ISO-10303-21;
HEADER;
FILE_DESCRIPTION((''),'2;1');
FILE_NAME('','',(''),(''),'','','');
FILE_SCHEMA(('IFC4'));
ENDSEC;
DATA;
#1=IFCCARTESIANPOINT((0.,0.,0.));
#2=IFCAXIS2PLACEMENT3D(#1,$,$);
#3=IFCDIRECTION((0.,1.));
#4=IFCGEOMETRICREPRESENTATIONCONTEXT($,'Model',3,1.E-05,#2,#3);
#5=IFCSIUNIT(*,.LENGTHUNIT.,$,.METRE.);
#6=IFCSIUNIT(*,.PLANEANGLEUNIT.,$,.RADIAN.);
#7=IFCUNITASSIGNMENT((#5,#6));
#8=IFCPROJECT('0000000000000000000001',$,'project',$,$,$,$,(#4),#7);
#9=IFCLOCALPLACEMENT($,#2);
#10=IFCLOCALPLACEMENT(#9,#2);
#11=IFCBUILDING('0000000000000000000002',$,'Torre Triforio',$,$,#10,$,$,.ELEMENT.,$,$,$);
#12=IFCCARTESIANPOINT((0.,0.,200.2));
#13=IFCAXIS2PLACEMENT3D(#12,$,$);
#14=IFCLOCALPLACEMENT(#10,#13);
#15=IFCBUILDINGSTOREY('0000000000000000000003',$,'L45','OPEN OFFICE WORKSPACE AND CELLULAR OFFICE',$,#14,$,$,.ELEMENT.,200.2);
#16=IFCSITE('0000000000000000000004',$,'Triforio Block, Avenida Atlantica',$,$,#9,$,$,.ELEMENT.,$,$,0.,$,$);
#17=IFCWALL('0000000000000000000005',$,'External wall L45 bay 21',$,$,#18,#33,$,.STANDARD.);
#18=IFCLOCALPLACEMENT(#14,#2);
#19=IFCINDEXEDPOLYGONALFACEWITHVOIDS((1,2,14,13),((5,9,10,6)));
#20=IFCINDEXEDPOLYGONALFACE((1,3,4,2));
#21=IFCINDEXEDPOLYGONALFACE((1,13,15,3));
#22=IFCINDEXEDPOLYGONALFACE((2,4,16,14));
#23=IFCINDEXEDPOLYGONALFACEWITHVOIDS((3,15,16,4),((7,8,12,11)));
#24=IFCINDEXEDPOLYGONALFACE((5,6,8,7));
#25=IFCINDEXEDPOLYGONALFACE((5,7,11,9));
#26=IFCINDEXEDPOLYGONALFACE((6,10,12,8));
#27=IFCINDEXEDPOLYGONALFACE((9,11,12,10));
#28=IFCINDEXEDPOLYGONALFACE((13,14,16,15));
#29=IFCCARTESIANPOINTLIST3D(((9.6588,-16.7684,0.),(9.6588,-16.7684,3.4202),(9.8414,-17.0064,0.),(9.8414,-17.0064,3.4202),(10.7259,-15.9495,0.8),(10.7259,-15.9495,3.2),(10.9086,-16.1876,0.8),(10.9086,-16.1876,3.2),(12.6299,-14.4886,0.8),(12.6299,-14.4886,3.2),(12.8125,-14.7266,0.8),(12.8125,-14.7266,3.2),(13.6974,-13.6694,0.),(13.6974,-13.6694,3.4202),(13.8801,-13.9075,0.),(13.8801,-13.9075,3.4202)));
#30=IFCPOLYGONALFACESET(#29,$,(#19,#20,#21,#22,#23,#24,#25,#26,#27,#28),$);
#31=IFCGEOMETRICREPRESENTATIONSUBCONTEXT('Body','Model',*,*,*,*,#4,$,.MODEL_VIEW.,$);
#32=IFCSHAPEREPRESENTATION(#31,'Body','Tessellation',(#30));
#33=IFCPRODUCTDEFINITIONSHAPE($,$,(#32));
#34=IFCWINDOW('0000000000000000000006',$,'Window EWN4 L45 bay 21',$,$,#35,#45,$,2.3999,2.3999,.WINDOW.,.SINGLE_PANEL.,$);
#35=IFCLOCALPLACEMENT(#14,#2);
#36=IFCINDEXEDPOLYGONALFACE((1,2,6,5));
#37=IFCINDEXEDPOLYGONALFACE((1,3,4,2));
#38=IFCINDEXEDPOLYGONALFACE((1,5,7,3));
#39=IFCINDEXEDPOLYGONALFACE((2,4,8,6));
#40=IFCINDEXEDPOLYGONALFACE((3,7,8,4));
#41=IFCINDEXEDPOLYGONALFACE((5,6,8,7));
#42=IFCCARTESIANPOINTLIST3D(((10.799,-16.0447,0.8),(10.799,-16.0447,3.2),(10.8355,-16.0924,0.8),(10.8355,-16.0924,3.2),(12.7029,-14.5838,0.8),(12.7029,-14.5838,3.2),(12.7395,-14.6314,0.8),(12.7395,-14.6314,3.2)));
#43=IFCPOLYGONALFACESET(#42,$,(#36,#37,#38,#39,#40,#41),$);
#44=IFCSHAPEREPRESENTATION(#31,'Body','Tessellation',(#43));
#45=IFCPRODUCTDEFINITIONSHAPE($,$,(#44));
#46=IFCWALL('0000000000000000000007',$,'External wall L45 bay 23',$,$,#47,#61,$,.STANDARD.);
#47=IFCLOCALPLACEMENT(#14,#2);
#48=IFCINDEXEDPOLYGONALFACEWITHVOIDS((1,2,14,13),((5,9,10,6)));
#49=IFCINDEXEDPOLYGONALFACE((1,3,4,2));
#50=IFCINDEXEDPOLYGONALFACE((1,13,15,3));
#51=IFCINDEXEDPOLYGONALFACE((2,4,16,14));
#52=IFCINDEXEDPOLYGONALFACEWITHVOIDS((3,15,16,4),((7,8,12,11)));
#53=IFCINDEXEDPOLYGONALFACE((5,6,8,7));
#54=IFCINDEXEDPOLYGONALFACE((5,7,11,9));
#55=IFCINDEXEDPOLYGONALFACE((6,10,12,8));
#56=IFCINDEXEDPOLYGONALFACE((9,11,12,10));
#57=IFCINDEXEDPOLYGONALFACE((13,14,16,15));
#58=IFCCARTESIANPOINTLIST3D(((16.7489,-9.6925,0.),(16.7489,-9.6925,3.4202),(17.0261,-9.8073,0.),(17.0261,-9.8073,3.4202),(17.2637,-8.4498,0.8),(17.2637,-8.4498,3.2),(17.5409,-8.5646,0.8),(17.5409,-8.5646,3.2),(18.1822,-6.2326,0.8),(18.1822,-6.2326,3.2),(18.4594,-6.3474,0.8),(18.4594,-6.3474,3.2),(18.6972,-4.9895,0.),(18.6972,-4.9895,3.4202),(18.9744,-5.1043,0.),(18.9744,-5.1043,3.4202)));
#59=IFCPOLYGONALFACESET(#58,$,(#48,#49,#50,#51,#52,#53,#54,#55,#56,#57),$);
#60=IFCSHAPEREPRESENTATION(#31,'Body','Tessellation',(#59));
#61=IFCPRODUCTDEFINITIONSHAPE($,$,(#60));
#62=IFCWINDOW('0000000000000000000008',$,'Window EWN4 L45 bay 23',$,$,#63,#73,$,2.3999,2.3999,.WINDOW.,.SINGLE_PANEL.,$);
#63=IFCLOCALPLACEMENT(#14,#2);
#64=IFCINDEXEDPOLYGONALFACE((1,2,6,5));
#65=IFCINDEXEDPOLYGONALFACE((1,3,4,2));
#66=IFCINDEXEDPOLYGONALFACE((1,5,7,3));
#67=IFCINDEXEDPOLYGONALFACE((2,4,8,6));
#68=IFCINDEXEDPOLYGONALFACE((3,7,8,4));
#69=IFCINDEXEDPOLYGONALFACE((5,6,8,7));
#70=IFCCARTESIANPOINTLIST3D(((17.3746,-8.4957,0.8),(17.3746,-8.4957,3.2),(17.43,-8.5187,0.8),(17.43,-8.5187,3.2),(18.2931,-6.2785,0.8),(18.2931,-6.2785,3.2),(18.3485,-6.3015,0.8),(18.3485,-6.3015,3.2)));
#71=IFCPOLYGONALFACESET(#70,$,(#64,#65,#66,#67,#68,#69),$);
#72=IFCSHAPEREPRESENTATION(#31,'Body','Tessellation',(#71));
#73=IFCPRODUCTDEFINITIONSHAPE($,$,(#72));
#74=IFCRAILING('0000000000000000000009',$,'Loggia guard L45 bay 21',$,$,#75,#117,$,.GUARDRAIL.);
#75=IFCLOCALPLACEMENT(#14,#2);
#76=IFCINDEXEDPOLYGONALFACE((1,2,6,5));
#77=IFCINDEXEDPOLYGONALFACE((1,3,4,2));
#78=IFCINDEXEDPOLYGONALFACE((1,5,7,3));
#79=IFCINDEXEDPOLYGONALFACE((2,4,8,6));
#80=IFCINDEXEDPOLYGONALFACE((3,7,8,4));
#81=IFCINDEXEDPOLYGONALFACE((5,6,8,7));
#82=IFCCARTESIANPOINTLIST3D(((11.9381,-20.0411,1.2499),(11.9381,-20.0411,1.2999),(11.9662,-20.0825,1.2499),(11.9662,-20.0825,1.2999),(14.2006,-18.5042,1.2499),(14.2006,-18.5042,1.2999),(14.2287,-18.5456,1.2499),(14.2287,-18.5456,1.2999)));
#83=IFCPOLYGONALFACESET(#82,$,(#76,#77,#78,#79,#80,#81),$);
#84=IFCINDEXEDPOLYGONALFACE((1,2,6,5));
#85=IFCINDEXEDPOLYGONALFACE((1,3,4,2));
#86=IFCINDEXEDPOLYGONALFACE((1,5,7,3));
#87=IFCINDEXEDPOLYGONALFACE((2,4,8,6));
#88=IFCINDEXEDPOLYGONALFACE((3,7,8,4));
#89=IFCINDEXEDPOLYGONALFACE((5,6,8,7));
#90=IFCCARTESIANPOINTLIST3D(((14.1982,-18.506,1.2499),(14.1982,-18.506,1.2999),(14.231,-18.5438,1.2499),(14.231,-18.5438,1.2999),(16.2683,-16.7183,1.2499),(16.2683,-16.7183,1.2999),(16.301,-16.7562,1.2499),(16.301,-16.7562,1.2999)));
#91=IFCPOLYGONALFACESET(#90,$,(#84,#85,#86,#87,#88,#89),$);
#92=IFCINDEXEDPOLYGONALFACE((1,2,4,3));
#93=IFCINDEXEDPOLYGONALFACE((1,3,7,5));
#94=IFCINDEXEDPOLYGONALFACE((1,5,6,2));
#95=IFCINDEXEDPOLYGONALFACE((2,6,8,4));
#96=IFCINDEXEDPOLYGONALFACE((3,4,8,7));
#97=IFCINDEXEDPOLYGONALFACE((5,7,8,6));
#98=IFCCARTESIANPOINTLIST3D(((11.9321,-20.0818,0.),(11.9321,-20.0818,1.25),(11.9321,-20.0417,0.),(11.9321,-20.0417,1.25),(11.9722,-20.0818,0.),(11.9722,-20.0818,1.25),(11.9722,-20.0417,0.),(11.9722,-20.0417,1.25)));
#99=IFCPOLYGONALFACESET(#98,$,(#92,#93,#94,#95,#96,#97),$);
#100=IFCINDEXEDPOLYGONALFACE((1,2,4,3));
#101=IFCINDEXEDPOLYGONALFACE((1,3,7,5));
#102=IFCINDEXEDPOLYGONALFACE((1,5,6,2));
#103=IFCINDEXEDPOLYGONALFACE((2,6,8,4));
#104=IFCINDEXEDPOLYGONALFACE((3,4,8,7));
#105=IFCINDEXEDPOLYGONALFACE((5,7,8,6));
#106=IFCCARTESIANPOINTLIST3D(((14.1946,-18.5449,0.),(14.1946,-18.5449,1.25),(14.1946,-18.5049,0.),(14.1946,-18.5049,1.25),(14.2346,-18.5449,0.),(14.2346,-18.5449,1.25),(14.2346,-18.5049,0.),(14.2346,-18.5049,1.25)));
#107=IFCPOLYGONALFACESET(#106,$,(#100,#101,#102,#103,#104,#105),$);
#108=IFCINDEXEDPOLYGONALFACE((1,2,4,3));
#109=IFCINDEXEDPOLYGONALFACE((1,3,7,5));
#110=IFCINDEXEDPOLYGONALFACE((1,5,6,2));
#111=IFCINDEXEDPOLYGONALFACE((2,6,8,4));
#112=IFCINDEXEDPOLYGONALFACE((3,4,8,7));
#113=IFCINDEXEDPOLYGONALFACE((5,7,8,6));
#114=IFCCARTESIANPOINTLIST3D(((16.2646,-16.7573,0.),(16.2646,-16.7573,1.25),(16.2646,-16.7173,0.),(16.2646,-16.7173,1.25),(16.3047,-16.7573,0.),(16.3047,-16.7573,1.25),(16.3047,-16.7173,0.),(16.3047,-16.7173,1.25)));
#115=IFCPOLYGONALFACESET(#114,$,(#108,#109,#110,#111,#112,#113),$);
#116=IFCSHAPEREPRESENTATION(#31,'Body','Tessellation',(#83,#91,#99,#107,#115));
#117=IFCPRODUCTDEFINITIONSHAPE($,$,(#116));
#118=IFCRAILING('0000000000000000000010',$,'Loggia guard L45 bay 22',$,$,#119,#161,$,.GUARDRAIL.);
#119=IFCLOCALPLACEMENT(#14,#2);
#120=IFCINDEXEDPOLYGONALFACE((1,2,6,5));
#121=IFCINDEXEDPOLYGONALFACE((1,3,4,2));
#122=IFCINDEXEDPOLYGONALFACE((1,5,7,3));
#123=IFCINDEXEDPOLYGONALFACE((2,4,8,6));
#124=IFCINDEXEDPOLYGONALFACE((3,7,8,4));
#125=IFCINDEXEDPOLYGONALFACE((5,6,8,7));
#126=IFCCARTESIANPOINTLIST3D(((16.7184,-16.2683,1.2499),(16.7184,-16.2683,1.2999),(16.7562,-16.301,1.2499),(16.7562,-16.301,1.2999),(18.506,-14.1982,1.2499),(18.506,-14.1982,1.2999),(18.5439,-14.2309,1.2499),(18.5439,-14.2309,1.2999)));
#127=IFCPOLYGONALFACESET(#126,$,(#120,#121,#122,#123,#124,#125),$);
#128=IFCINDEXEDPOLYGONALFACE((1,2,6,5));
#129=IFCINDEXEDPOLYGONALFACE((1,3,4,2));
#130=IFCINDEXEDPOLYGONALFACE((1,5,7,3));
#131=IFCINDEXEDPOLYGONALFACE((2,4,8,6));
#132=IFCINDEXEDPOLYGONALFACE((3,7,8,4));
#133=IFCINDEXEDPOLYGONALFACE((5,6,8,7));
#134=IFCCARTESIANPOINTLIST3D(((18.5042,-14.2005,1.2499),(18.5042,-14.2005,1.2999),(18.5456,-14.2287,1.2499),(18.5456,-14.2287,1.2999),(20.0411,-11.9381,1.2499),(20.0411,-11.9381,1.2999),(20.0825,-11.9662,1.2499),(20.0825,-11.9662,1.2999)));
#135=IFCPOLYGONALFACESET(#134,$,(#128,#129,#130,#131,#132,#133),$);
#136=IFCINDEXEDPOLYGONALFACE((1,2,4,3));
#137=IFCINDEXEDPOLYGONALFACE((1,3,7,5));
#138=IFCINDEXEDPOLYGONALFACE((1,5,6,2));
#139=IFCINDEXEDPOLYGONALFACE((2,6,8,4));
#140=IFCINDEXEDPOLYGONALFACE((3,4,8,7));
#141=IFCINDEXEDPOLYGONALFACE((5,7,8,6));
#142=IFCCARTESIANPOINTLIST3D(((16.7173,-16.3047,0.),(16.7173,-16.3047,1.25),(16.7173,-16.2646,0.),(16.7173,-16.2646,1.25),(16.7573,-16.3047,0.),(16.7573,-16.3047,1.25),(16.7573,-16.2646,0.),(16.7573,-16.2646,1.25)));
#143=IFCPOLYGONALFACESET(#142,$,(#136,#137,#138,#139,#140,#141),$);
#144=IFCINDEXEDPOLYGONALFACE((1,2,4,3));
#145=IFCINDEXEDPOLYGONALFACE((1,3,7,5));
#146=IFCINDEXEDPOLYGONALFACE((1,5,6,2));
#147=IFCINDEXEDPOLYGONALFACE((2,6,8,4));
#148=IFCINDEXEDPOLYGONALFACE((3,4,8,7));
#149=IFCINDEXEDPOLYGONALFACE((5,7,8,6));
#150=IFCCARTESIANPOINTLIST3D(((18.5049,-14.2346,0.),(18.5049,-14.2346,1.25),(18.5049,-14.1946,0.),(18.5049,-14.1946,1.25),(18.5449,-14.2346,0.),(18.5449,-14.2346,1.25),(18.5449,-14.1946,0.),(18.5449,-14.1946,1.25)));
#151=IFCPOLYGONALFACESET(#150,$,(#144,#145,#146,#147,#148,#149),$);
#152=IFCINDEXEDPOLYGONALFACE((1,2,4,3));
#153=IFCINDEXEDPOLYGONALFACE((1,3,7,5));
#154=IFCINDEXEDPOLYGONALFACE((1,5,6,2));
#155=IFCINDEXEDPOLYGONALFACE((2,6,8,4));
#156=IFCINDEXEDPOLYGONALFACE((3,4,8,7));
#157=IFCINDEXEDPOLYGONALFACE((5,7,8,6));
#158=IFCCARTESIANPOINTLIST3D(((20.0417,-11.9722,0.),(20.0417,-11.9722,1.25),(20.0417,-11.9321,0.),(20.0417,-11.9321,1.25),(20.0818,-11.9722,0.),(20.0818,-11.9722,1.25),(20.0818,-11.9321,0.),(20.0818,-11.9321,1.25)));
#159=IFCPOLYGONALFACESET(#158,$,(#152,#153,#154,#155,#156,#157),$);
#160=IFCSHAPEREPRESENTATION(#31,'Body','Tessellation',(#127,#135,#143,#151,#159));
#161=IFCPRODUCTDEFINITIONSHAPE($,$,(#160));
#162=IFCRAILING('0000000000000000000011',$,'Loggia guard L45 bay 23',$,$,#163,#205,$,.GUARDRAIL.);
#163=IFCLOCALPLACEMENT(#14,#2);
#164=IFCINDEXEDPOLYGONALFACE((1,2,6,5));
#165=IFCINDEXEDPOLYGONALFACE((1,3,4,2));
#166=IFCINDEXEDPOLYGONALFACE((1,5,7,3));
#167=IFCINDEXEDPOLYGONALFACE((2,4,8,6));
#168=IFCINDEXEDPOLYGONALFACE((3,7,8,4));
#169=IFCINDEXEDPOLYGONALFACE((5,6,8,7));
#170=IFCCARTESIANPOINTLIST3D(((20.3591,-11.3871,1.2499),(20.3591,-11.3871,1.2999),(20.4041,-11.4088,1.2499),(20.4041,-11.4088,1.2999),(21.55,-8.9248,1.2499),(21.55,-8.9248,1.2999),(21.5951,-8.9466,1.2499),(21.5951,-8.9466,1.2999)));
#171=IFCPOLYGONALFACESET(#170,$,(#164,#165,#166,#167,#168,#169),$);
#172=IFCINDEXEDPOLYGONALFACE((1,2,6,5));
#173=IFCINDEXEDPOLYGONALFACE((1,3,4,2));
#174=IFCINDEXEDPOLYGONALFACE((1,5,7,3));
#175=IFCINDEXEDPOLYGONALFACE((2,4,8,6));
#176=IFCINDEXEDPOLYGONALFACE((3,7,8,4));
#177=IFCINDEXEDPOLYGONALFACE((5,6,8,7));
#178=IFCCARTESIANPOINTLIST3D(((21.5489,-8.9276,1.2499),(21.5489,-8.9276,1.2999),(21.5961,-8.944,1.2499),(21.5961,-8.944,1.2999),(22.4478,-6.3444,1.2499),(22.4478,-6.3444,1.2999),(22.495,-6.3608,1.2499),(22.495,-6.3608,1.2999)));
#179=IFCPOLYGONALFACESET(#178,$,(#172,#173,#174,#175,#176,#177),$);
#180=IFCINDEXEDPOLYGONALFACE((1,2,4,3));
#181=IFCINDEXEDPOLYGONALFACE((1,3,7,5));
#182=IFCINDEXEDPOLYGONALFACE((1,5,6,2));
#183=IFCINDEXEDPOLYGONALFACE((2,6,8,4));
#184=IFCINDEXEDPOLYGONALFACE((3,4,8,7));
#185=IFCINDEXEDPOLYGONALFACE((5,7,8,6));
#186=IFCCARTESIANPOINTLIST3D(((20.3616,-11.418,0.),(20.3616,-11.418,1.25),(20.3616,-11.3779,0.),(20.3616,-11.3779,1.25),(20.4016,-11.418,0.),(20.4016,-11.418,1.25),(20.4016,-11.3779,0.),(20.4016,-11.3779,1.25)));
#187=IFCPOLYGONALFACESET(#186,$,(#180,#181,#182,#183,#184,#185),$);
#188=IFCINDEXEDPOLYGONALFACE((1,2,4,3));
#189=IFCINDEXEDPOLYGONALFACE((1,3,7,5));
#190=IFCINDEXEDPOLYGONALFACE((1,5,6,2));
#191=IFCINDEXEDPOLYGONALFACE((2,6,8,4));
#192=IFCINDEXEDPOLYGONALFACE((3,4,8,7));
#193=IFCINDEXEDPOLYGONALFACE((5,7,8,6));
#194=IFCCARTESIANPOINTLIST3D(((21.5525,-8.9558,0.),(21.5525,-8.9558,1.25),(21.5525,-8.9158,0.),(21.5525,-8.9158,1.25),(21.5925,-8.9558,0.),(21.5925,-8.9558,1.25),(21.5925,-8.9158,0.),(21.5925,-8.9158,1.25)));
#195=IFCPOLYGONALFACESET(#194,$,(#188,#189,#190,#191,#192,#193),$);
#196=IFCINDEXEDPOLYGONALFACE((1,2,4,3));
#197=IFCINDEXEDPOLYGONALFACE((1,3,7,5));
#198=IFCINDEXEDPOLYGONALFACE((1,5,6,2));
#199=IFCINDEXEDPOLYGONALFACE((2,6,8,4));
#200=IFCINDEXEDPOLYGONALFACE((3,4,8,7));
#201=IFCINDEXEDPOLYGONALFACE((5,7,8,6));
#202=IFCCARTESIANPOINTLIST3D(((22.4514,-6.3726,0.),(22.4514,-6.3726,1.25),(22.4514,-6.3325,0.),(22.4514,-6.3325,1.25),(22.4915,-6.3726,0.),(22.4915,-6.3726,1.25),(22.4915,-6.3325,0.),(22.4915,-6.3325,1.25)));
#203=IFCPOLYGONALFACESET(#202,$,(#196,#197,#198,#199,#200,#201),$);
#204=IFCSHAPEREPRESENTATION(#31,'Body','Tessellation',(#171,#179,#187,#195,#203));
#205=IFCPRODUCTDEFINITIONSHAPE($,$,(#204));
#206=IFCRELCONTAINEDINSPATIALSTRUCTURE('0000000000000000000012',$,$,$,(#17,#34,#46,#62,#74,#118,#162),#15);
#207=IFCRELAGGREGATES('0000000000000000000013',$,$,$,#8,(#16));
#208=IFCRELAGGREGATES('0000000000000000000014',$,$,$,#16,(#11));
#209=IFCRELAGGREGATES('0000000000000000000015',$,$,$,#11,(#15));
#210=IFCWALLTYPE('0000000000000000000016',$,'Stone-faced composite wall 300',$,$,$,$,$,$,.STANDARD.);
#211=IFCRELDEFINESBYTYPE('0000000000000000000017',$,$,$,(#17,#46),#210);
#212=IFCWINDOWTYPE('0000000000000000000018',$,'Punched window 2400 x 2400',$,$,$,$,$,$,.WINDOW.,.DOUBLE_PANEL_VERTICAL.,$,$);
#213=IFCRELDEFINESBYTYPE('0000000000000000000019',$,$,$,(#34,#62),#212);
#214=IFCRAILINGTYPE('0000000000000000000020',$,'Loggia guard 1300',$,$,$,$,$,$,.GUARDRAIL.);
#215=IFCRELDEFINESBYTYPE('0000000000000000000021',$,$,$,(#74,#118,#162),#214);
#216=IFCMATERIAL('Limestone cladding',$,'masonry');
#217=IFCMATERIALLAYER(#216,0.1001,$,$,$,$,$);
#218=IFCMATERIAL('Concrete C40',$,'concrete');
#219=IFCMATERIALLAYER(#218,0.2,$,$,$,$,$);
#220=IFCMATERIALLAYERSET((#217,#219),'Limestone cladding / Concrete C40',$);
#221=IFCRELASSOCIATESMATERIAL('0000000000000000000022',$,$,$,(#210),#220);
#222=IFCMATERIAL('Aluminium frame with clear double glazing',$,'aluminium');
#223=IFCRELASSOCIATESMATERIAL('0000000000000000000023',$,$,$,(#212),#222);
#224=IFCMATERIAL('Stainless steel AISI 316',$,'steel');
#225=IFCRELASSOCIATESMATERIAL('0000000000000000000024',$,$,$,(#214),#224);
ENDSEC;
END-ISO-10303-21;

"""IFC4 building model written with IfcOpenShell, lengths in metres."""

from ifc_helpers import new_model, si_unit, direction, frame, frame_2d, origin, origin_2d, place, context, subcontext, project, spatial, rectangle, extrude, material, layer, layer_set, type_object, element, fill, save


model = new_model("IFC4")

# Units and contexts
model_context = context("Model", 3, precision=1e-05, world=origin(), true_north=direction((0.0, 1.0)))
body_context = subcontext(model_context, "Body", "Model", "MODEL_VIEW")
ifc_project = project(units=[si_unit("LENGTHUNIT", "METRE"), si_unit("PLANEANGLEUNIT", "RADIAN")], contexts=[model_context])

# Site, building, storey
site_placement = place(None, origin())
site = spatial("IfcSite", under=ifc_project, at=site_placement, Name="Triforio Block, Avenida Atlantica", CompositionType="ELEMENT", RefElevation=0.0)
building_placement = place(site_placement, origin())
building = spatial("IfcBuilding", under=site, at=building_placement, Name="Torre Triforio", CompositionType="ELEMENT")
storey_placement = place(building_placement, frame((0.0, 0.0, 200.2)))
storey = spatial("IfcBuildingStorey", under=building, at=storey_placement, Name="L45", Description="OPEN OFFICE WORKSPACE AND CELLULAR OFFICE", CompositionType="ELEMENT", Elevation=200.2)

# Shared definitions
ifc_material_1 = material(Name="Concrete C40", Category="concrete")

# Shared definitions
ifc_material_2 = material(Name="Limestone cladding", Category="masonry")

# Wall, opening, window
ifc_layer_1 = layer(ifc_material_2, 0.1001)
ifc_layer_2 = layer(ifc_material_1, 0.2)
ifc_layer_set_1 = layer_set([ifc_layer_1, ifc_layer_2], Name="Limestone cladding / Concrete C40")
wall_type_1 = type_object("IfcWallType", Name="Stone-faced composite wall 300", PredefinedType="STANDARD", material=ifc_layer_set_1)
wall_1_placement = place(storey_placement, frame((9.75, -16.8875, 0.0), z_axis=(0.0, 0.0, 1.0), x_axis=(0.793356, 0.608758, 0.0)))
wall_1 = element("IfcWall", 1, at=wall_1_placement, inside=storey, type_object=wall_type_1, Name="External wall L45 bay 21", PredefinedType="STANDARD", context=body_context, shape_type="SweptSolid", body=[
    extrude(rectangle(XDim=5.0906, YDim=0.3, at=frame_2d((2.5454, 0.0))), origin(), (0.0, 0.0, 1.0), 3.4202),
])
opening_1_placement = place(wall_1_placement, frame((1.3452, 0.0, 0.8)))
opening_1 = element("IfcOpeningElement", 2, at=opening_1_placement, cuts=wall_1, PredefinedType="OPENING", context=body_context, shape_type="SweptSolid", body=[
    extrude(rectangle(XDim=2.3999, YDim=2.3999, at=frame_2d((1.2, 1.2))), frame((0.0, 0.1599, 0.0), z_axis=(0.0, -1.0, 0.0), x_axis=(1.0, 0.0, 0.0)), (0.0, 0.0, 1.0), 0.3201),
])
ifc_material_3 = material(Name="Aluminium frame with clear double glazing", Category="aluminium")
window_type_1 = type_object("IfcWindowType", Name="Punched window 2400 x 2400", PartitioningType="DOUBLE_PANEL_VERTICAL", PredefinedType="WINDOW", material=ifc_material_3)
window_1_placement = place(opening_1_placement, origin())
window_1 = element("IfcWindow", 3, at=window_1_placement, inside=storey, type_object=window_type_1, Name="Window EWN4 L45 bay 21", OverallHeight=2.3999, OverallWidth=2.3999, PartitioningType="SINGLE_PANEL", PredefinedType="WINDOW", context=body_context, shape_type="SweptSolid", body=[
    extrude(rectangle(XDim=2.3999, YDim=2.3999, at=frame_2d((1.2, 1.2))), frame((0.0, 0.03, 0.0), z_axis=(0.0, -1.0, 0.0), x_axis=(1.0, 0.0, 0.0)), (0.0, 0.0, 1.0), 0.0601),
])
fill(opening_1, window_1)

# Wall, opening, window
wall_2_placement = place(storey_placement, frame((16.8875, -9.75, 0.0), z_axis=(0.0, 0.0, 1.0), x_axis=(0.382725, 0.923863, 0.0)))
wall_2 = element("IfcWall", 4, at=wall_2_placement, inside=storey, type_object=wall_type_1, Name="External wall L45 bay 23", PredefinedType="STANDARD", context=body_context, shape_type="SweptSolid", body=[
    extrude(rectangle(XDim=5.0906, YDim=0.3, at=frame_2d((2.5454, 0.0))), origin(), (0.0, 0.0, 1.0), 3.4202),
])
opening_2_placement = place(wall_2_placement, frame((1.3452, 0.0, 0.8)))
opening_2 = element("IfcOpeningElement", 5, at=opening_2_placement, cuts=wall_2, PredefinedType="OPENING", context=body_context, shape_type="SweptSolid", body=[
    extrude(rectangle(XDim=2.3999, YDim=2.3999, at=frame_2d((1.2, 1.2))), frame((0.0, 0.1599, 0.0), z_axis=(0.0, -1.0, 0.0), x_axis=(1.0, 0.0, 0.0)), (0.0, 0.0, 1.0), 0.3201),
])
window_2_placement = place(opening_2_placement, origin())
window_2 = element("IfcWindow", 6, at=window_2_placement, inside=storey, type_object=window_type_1, Name="Window EWN4 L45 bay 23", OverallHeight=2.3999, OverallWidth=2.3999, PartitioningType="SINGLE_PANEL", PredefinedType="WINDOW", context=body_context, shape_type="SweptSolid", body=[
    extrude(rectangle(XDim=2.3999, YDim=2.3999, at=frame_2d((1.2, 1.2))), frame((0.0, 0.03, 0.0), z_axis=(0.0, -1.0, 0.0), x_axis=(1.0, 0.0, 0.0)), (0.0, 0.0, 1.0), 0.0601),
])
fill(opening_2, window_2)

# Railings
ifc_material_4 = material(Name="Stainless steel AISI 316", Category="steel")
railing_type = type_object("IfcRailingType", Name="Loggia guard 1300", PredefinedType="GUARDRAIL", material=ifc_material_4)
railing_1_placement = place(storey_placement, frame((11.9521, -20.0618, 0.0)))
element("IfcRailing", 7, at=railing_1_placement, inside=storey, type_object=railing_type, Name="Loggia guard L45 bay 21", PredefinedType="GUARDRAIL", context=body_context, shape_type="SweptSolid", body=[
    extrude(rectangle(XDim=0.05, YDim=0.05, at=origin_2d()), frame((0.0, 0.0, 1.2749), z_axis=(0.827199, 0.56191, 0.0), x_axis=(-0.56191, 0.827199, 0.0)), (0.0, 0.0, 1.0), 2.7351),
    extrude(rectangle(XDim=0.05, YDim=0.05, at=origin_2d()), frame((2.2625, 1.5369, 1.2749), z_axis=(0.756857, 0.65358, 0.0), x_axis=(-0.65358, 0.756857, 0.0)), (0.0, 0.0, 1.0), 2.7351),
    extrude(rectangle(XDim=0.04, YDim=0.04, at=origin_2d()), origin(), (0.0, 0.0, 1.0), 1.25),
    extrude(rectangle(XDim=0.04, YDim=0.04, at=origin_2d()), frame((2.2625, 1.5369, 0.0)), (0.0, 0.0, 1.0), 1.25),
    extrude(rectangle(XDim=0.04, YDim=0.04, at=origin_2d()), frame((4.3325, 3.3245, 0.0)), (0.0, 0.0, 1.0), 1.25),
])
railing_2_placement = place(storey_placement, frame((16.7373, -16.2847, 0.0)))
element("IfcRailing", 8, at=railing_2_placement, inside=storey, type_object=railing_type, Name="Loggia guard L45 bay 22", PredefinedType="GUARDRAIL", context=body_context, shape_type="SweptSolid", body=[
    extrude(rectangle(XDim=0.05, YDim=0.05, at=origin_2d()), frame((0.0, 0.0, 1.2749), z_axis=(0.65358, 0.756857, 0.0), x_axis=(-0.756857, 0.65358, 0.0)), (0.0, 0.0, 1.0), 2.7351),
    extrude(rectangle(XDim=0.05, YDim=0.05, at=origin_2d()), frame((1.7876, 2.0701, 1.2749), z_axis=(0.56191, 0.827199, 0.0), x_axis=(-0.827199, 0.56191, 0.0)), (0.0, 0.0, 1.0), 2.7351),
    extrude(rectangle(XDim=0.04, YDim=0.04, at=origin_2d()), origin(), (0.0, 0.0, 1.0), 1.25),
    extrude(rectangle(XDim=0.04, YDim=0.04, at=origin_2d()), frame((1.7876, 2.0701, 0.0)), (0.0, 0.0, 1.0), 1.25),
    extrude(rectangle(XDim=0.04, YDim=0.04, at=origin_2d()), frame((3.3245, 4.3325, 0.0)), (0.0, 0.0, 1.0), 1.25),
])
railing_3_placement = place(storey_placement, frame((20.3816, -11.3979, 0.0)))
element("IfcRailing", 9, at=railing_3_placement, inside=storey, type_object=railing_type, Name="Loggia guard L45 bay 23", PredefinedType="GUARDRAIL", context=body_context, shape_type="SweptSolid", body=[
    extrude(rectangle(XDim=0.05, YDim=0.05, at=origin_2d()), frame((0.0, 0.0, 1.2749), z_axis=(0.435428, 0.900224, 0.0), x_axis=(-0.900224, 0.435428, 0.0)), (0.0, 0.0, 1.0), 2.7351),
    extrude(rectangle(XDim=0.05, YDim=0.05, at=origin_2d()), frame((1.1909, 2.4622, 1.2749), z_axis=(0.328652, 0.944451, 0.0), x_axis=(-0.944451, 0.328652, 0.0)), (0.0, 0.0, 1.0), 2.7351),
    extrude(rectangle(XDim=0.04, YDim=0.04, at=origin_2d()), origin(), (0.0, 0.0, 1.0), 1.25),
    extrude(rectangle(XDim=0.04, YDim=0.04, at=origin_2d()), frame((1.1909, 2.4622, 0.0)), (0.0, 0.0, 1.0), 1.25),
    extrude(rectangle(XDim=0.04, YDim=0.04, at=origin_2d()), frame((2.0898, 5.0454, 0.0)), (0.0, 0.0, 1.0), 1.25),
])

save(model, "model.ifc")
